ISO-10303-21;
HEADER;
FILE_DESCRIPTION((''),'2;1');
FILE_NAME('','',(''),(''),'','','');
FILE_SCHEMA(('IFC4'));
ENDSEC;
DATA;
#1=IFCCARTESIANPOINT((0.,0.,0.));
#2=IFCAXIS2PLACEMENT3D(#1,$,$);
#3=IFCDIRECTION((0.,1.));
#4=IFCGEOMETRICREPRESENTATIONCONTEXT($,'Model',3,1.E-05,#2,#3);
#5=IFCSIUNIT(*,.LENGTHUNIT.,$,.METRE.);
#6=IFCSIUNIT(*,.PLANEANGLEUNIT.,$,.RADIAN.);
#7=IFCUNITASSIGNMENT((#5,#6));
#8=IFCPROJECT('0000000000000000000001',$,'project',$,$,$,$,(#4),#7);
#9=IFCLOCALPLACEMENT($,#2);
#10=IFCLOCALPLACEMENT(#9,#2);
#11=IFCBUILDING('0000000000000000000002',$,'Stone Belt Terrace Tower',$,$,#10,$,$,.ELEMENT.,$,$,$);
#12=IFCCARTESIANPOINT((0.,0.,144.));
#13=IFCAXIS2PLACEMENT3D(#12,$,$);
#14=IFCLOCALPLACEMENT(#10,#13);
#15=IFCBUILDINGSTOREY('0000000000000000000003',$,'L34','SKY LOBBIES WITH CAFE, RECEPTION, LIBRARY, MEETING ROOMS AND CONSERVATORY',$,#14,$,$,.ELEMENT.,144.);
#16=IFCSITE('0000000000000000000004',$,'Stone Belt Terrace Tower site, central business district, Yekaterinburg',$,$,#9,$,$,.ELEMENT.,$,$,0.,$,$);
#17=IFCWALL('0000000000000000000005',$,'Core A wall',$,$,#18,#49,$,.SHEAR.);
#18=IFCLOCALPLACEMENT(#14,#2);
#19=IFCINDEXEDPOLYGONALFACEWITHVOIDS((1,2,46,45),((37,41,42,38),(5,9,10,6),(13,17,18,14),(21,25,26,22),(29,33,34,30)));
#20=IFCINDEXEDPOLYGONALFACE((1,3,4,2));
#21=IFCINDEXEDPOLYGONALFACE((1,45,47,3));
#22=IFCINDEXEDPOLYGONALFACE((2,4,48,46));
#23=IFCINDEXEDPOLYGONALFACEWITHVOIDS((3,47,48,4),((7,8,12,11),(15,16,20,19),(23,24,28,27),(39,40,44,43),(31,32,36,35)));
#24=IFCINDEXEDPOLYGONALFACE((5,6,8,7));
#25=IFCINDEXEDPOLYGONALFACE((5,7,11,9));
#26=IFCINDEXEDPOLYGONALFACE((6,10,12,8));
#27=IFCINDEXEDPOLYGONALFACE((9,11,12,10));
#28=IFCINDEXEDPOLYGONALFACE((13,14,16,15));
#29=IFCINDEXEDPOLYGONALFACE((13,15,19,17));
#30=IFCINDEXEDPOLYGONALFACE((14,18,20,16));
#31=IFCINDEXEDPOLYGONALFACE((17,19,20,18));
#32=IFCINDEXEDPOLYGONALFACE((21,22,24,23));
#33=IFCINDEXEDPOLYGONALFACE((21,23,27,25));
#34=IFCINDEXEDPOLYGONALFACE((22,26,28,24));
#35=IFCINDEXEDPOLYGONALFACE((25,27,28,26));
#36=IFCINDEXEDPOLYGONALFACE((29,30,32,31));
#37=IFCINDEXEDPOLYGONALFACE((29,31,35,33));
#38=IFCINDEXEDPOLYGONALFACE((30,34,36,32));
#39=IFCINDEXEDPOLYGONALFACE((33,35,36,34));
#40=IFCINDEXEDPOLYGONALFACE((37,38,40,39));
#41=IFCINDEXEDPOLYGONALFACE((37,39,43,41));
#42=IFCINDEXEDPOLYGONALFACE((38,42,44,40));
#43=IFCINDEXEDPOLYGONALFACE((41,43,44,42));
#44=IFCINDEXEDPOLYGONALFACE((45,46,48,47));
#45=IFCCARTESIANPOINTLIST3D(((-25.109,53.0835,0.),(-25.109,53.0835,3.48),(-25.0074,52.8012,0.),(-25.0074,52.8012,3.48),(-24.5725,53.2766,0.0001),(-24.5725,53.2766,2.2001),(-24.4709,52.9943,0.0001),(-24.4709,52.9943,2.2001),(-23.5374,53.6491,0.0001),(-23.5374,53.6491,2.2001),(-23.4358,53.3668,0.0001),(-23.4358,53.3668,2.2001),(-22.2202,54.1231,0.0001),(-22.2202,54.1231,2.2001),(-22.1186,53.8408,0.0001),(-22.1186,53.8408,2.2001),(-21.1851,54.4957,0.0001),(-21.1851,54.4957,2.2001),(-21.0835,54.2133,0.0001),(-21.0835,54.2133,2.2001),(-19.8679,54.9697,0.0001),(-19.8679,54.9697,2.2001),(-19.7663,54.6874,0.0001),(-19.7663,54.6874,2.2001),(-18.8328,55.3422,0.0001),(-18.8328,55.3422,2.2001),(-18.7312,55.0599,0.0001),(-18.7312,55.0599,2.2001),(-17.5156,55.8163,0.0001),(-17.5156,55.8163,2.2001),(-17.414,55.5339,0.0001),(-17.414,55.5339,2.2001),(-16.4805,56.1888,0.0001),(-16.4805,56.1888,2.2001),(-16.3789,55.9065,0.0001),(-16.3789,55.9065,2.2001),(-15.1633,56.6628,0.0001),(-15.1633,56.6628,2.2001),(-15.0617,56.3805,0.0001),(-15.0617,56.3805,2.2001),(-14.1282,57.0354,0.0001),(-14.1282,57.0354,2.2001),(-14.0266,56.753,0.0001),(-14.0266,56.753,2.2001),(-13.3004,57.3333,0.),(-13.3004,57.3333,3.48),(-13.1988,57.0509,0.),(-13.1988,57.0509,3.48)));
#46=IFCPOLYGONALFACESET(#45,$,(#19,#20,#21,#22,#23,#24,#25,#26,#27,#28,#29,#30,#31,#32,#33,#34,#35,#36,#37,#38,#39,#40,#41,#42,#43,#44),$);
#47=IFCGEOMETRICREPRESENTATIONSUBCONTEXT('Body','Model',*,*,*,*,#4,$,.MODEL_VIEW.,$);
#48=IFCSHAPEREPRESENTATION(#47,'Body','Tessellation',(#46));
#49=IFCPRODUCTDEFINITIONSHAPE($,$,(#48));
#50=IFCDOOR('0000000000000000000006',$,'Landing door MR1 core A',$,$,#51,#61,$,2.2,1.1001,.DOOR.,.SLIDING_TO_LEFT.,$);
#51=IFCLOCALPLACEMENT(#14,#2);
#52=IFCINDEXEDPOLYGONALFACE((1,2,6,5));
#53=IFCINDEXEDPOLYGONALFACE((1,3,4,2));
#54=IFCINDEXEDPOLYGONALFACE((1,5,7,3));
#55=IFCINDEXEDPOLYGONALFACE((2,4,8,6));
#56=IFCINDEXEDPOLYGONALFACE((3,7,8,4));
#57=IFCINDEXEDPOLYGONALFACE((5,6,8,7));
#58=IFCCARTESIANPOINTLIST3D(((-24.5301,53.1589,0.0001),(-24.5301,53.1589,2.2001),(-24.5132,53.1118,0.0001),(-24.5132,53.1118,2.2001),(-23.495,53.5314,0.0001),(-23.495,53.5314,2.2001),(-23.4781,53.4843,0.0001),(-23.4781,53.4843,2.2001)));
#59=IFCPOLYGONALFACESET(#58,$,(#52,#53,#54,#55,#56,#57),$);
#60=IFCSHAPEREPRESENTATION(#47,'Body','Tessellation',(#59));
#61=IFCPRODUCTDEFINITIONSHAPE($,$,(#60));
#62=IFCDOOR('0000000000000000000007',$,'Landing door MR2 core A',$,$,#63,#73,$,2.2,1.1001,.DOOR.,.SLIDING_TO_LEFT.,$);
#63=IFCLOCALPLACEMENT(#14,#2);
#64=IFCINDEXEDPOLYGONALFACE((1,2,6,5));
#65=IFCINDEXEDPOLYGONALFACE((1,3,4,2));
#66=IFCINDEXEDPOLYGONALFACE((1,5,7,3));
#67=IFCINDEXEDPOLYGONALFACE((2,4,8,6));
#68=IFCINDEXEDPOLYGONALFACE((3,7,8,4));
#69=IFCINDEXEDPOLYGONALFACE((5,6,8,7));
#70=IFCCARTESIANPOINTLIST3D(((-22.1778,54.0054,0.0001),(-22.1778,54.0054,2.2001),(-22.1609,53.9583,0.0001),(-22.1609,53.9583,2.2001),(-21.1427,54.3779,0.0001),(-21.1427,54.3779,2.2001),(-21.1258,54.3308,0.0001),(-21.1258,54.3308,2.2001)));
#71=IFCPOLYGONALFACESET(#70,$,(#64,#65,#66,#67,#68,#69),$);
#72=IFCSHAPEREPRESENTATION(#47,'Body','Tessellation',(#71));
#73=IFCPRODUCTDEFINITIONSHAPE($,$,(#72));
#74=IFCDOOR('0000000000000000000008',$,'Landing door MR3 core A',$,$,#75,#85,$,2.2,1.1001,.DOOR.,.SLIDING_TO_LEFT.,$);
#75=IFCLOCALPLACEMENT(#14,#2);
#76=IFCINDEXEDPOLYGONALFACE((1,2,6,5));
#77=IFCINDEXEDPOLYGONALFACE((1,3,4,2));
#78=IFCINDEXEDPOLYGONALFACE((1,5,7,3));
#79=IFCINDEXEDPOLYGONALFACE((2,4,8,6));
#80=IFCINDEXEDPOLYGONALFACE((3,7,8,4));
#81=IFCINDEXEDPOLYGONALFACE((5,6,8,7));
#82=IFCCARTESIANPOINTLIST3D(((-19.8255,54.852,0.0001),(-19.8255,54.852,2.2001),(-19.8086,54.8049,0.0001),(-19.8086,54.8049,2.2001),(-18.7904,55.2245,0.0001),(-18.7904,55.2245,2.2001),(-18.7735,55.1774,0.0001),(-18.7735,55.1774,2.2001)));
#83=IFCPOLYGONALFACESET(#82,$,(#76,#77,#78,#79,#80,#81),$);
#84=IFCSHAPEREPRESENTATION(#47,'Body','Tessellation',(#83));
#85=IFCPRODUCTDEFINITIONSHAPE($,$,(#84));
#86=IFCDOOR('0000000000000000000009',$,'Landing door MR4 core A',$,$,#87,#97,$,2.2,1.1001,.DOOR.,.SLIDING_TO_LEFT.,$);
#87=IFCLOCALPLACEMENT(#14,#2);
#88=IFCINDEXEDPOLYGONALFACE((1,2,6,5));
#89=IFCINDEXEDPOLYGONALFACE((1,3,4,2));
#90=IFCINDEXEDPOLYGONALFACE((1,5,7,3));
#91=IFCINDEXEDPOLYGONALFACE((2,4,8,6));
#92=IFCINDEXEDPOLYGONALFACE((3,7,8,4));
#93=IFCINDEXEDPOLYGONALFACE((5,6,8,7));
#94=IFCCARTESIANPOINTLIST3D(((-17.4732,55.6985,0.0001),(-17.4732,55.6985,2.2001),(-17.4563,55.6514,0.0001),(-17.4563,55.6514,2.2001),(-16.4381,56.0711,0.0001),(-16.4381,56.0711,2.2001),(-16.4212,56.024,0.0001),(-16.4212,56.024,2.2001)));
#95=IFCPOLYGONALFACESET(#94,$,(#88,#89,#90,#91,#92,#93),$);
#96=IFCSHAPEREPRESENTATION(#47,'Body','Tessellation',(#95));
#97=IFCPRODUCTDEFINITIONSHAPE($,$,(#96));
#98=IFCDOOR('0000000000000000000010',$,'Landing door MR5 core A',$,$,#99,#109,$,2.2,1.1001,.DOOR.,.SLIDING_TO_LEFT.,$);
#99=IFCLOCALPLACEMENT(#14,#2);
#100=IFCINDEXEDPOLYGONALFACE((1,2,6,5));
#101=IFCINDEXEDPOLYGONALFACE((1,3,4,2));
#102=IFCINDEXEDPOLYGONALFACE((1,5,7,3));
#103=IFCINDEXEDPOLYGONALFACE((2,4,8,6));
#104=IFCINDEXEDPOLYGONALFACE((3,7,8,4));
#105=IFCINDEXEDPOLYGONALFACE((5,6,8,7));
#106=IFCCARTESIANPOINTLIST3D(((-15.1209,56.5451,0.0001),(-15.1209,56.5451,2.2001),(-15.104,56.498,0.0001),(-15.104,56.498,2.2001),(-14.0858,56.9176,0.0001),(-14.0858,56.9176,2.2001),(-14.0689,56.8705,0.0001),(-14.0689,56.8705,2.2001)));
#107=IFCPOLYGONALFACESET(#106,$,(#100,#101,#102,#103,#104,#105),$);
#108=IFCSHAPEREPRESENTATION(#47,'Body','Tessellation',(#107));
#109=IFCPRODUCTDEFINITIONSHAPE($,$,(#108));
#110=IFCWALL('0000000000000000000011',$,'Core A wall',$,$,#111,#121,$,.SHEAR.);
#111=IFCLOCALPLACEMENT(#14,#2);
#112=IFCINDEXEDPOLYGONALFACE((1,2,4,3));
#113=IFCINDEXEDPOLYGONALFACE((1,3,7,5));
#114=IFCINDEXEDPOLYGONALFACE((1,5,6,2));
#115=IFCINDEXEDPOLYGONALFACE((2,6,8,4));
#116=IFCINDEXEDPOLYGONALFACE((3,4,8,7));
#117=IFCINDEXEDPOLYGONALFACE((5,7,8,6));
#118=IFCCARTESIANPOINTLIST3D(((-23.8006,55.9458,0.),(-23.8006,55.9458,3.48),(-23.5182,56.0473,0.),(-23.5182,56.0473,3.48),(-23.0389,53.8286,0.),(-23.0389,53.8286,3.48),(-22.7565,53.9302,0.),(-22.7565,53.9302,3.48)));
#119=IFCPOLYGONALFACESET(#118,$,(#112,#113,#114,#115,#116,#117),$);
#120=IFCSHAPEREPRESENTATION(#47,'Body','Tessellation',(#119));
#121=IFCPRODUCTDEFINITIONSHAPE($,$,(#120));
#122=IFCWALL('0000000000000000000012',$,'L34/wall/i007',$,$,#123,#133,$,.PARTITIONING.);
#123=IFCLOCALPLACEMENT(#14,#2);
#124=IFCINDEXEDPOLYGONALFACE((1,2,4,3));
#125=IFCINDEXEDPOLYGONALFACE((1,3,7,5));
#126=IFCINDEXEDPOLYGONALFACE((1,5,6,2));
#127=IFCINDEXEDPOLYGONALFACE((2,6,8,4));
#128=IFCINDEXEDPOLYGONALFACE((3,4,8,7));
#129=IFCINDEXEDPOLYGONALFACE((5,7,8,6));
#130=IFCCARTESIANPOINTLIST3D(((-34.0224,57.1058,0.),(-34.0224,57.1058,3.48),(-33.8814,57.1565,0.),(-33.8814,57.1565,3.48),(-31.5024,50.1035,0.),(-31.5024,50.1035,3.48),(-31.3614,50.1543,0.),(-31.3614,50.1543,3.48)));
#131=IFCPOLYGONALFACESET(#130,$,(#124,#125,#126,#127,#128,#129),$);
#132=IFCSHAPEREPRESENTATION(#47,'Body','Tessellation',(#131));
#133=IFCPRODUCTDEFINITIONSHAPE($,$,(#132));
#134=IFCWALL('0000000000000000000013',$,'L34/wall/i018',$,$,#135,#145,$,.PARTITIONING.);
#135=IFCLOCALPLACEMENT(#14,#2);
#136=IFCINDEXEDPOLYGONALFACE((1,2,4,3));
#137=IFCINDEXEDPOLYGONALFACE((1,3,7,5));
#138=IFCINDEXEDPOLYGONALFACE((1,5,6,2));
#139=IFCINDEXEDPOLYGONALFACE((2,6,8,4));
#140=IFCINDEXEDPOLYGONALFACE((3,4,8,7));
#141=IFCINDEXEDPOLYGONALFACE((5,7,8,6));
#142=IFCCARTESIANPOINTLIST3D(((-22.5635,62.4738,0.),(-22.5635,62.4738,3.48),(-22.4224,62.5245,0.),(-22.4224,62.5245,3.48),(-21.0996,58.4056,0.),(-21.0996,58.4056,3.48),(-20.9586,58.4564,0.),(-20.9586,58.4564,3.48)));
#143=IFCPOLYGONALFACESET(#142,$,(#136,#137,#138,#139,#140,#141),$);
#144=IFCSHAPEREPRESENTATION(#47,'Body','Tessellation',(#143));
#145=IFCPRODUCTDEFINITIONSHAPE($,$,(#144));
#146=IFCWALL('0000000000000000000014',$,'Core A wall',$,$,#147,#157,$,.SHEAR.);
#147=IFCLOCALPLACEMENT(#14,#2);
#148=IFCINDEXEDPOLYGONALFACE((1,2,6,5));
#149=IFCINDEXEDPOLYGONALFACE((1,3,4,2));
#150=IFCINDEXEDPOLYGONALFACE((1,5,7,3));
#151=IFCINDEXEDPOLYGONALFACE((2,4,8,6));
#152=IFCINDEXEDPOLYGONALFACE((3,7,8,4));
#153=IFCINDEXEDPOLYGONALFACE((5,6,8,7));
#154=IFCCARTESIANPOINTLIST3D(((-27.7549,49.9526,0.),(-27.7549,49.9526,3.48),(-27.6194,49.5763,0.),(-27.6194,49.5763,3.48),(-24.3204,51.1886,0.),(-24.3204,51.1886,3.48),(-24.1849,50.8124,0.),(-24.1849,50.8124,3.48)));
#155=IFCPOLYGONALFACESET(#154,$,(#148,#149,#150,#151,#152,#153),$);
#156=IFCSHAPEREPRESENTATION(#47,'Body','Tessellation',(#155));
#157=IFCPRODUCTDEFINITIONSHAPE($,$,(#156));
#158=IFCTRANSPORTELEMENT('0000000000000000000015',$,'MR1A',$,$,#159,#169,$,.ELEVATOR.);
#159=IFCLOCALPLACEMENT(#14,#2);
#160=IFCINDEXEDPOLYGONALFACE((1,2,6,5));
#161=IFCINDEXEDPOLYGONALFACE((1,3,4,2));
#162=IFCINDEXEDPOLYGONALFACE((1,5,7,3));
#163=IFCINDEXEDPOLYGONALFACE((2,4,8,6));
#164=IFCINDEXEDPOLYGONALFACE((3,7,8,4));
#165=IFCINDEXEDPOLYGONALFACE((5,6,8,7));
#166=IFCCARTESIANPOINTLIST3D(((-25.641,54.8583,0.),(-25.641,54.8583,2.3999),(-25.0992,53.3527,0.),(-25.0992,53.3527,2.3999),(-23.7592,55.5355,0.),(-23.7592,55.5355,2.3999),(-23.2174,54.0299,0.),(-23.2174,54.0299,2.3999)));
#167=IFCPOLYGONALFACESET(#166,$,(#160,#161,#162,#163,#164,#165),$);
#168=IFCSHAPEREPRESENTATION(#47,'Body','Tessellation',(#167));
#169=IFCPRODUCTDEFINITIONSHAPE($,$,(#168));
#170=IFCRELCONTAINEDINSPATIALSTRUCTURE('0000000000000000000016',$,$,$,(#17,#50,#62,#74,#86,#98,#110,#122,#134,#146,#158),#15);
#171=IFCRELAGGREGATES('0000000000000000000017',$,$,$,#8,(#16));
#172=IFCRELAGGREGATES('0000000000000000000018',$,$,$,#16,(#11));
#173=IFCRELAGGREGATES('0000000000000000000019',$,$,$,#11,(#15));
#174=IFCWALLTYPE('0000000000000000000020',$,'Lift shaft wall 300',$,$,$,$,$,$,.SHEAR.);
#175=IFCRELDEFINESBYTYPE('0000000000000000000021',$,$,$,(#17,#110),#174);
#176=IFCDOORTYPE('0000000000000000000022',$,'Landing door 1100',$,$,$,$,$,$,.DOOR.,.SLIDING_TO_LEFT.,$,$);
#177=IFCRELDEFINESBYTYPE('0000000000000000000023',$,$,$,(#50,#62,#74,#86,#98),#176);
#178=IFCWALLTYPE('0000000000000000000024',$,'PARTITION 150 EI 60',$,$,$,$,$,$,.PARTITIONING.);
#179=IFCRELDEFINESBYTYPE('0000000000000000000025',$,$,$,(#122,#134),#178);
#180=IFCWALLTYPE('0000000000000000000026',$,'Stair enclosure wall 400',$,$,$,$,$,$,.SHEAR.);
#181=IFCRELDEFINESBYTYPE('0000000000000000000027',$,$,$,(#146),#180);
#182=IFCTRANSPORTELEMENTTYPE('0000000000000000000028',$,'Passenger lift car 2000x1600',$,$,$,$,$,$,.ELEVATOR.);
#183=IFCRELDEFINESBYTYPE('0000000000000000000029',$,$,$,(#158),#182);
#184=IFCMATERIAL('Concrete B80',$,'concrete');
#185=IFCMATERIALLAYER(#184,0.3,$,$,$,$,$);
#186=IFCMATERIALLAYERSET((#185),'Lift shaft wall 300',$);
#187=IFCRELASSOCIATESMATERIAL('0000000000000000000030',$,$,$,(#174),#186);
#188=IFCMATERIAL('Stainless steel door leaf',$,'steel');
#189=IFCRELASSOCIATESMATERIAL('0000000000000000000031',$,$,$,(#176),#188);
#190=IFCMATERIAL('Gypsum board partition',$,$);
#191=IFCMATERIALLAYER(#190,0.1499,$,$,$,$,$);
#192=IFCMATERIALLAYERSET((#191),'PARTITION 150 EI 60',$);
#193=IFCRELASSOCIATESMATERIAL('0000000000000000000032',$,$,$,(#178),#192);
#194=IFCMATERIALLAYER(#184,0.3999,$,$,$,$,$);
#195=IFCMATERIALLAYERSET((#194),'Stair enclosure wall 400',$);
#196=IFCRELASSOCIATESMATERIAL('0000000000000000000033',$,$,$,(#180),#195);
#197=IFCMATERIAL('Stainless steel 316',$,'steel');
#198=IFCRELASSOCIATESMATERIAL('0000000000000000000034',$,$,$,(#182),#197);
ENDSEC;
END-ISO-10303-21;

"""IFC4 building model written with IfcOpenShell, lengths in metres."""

from ifc_helpers import new_model, si_unit, direction, frame, frame_2d, origin, origin_2d, place, context, subcontext, project, spatial, rectangle, extrude, material, layer, layer_set, type_object, element, fill, save


model = new_model("IFC4")

# Units and contexts
model_context = context("Model", 3, precision=1e-05, world=origin(), true_north=direction((0.0, 1.0)))
body_context = subcontext(model_context, "Body", "Model", "MODEL_VIEW")
ifc_project = project(units=[si_unit("LENGTHUNIT", "METRE"), si_unit("PLANEANGLEUNIT", "RADIAN")], contexts=[model_context])

# Site, building, storey
site_placement = place(None, origin())
site = spatial("IfcSite", under=ifc_project, at=site_placement, Name="Stone Belt Terrace Tower site, central business district, Yekaterinburg", CompositionType="ELEMENT", RefElevation=0.0)
building_placement = place(site_placement, origin())
building = spatial("IfcBuilding", under=site, at=building_placement, Name="Stone Belt Terrace Tower", CompositionType="ELEMENT")
storey_placement = place(building_placement, frame((0.0, 0.0, 144.0)))
storey = spatial("IfcBuildingStorey", under=building, at=storey_placement, Name="L34", Description="SKY LOBBIES WITH CAFE, RECEPTION, LIBRARY, MEETING ROOMS AND CONSERVATORY", CompositionType="ELEMENT", Elevation=144.0)

# Shared definitions
ifc_material_1 = material(Name="Concrete B80", Category="concrete")

# Shared definitions
ifc_layer_1 = layer(ifc_material_1, 0.3)
ifc_layer_set_1 = layer_set([ifc_layer_1], Name="Lift shaft wall 300")
wall_type_1 = type_object("IfcWallType", Name="Lift shaft wall 300", PredefinedType="SHEAR", material=ifc_layer_set_1)
ifc_material_2 = material(Name="Stainless steel door leaf", Category="steel")

# Wall, openings, doors
wall_1_placement = place(storey_placement, frame((-25.0581, 52.9424, 0.0), z_axis=(0.0, 0.0, 1.0), x_axis=(0.940921, 0.338625, 0.0)))
wall_1 = element("IfcWall", 1, at=wall_1_placement, inside=storey, type_object=wall_type_1, Name="Core A wall", PredefinedType="SHEAR", context=body_context, shape_type="SweptSolid", body=[
    extrude(rectangle(XDim=12.55, YDim=0.3, at=frame_2d((6.2749, 0.0))), origin(), (0.0, 0.0, 1.0), 3.48),
])
opening_1_placement = place(wall_1_placement, frame((0.5701, 0.0, 0.0)))
opening_1 = element("IfcOpeningElement", 2, at=opening_1_placement, cuts=wall_1, PredefinedType="OPENING", context=body_context, shape_type="SweptSolid", body=[
    extrude(rectangle(XDim=1.1001, YDim=2.2, at=frame_2d((0.55, 1.1001))), frame((0.0, 0.1599, 0.0), z_axis=(0.0, -1.0, 0.0), x_axis=(1.0, 0.0, 0.0)), (0.0, 0.0, 1.0), 0.3201),
])
opening_2_placement = place(wall_1_placement, frame((3.0701, 0.0, 0.0)))
opening_2 = element("IfcOpeningElement", 3, at=opening_2_placement, cuts=wall_1, PredefinedType="OPENING", context=body_context, shape_type="SweptSolid", body=[
    extrude(rectangle(XDim=1.1001, YDim=2.2, at=frame_2d((0.55, 1.1001))), frame((0.0, 0.1599, 0.0), z_axis=(0.0, -1.0, 0.0), x_axis=(1.0, 0.0, 0.0)), (0.0, 0.0, 1.0), 0.3201),
])
opening_3_placement = place(wall_1_placement, frame((5.5701, 0.0, 0.0)))
opening_3 = element("IfcOpeningElement", 4, at=opening_3_placement, cuts=wall_1, PredefinedType="OPENING", context=body_context, shape_type="SweptSolid", body=[
    extrude(rectangle(XDim=1.1001, YDim=2.2, at=frame_2d((0.55, 1.1001))), frame((0.0, 0.1599, 0.0), z_axis=(0.0, -1.0, 0.0), x_axis=(1.0, 0.0, 0.0)), (0.0, 0.0, 1.0), 0.3201),
])
opening_4_placement = place(wall_1_placement, frame((8.0701, 0.0, 0.0)))
opening_4 = element("IfcOpeningElement", 5, at=opening_4_placement, cuts=wall_1, PredefinedType="OPENING", context=body_context, shape_type="SweptSolid", body=[
    extrude(rectangle(XDim=1.1001, YDim=2.2, at=frame_2d((0.55, 1.1001))), frame((0.0, 0.1599, 0.0), z_axis=(0.0, -1.0, 0.0), x_axis=(1.0, 0.0, 0.0)), (0.0, 0.0, 1.0), 0.3201),
])
opening_5_placement = place(wall_1_placement, frame((10.5701, 0.0, 0.0)))
opening_5 = element("IfcOpeningElement", 6, at=opening_5_placement, cuts=wall_1, PredefinedType="OPENING", context=body_context, shape_type="SweptSolid", body=[
    extrude(rectangle(XDim=1.1001, YDim=2.2, at=frame_2d((0.55, 1.1001))), frame((0.0, 0.1599, 0.0), z_axis=(0.0, -1.0, 0.0), x_axis=(1.0, 0.0, 0.0)), (0.0, 0.0, 1.0), 0.3201),
])
door_type_1 = type_object("IfcDoorType", Name="Landing door 1100", OperationType="SLIDING_TO_LEFT", PredefinedType="DOOR", material=ifc_material_2)
door_1_placement = place(opening_1_placement, origin())
door_1 = element("IfcDoor", 7, at=door_1_placement, inside=storey, type_object=door_type_1, Name="Landing door MR1 core A", OperationType="SLIDING_TO_LEFT", OverallHeight=2.2, OverallWidth=1.1001, PredefinedType="DOOR", context=body_context, shape_type="SweptSolid", body=[
    extrude(rectangle(XDim=1.1001, YDim=2.2, at=frame_2d((0.55, 1.1001))), frame((0.0, 0.0249, 0.0), z_axis=(0.0, -1.0, 0.0), x_axis=(1.0, 0.0, 0.0)), (0.0, 0.0, 1.0), 0.05),
])
fill(opening_1, door_1)
door_2_placement = place(opening_2_placement, origin())
door_2 = element("IfcDoor", 8, at=door_2_placement, inside=storey, type_object=door_type_1, Name="Landing door MR2 core A", OperationType="SLIDING_TO_LEFT", OverallHeight=2.2, OverallWidth=1.1001, PredefinedType="DOOR", context=body_context, shape_type="SweptSolid", body=[
    extrude(rectangle(XDim=1.1001, YDim=2.2, at=frame_2d((0.55, 1.1001))), frame((0.0, 0.0249, 0.0), z_axis=(0.0, -1.0, 0.0), x_axis=(1.0, 0.0, 0.0)), (0.0, 0.0, 1.0), 0.05),
])
fill(opening_2, door_2)
door_3_placement = place(opening_3_placement, origin())
door_3 = element("IfcDoor", 9, at=door_3_placement, inside=storey, type_object=door_type_1, Name="Landing door MR3 core A", OperationType="SLIDING_TO_LEFT", OverallHeight=2.2, OverallWidth=1.1001, PredefinedType="DOOR", context=body_context, shape_type="SweptSolid", body=[
    extrude(rectangle(XDim=1.1001, YDim=2.2, at=frame_2d((0.55, 1.1001))), frame((0.0, 0.0249, 0.0), z_axis=(0.0, -1.0, 0.0), x_axis=(1.0, 0.0, 0.0)), (0.0, 0.0, 1.0), 0.05),
])
fill(opening_3, door_3)
door_4_placement = place(opening_4_placement, origin())
door_4 = element("IfcDoor", 10, at=door_4_placement, inside=storey, type_object=door_type_1, Name="Landing door MR4 core A", OperationType="SLIDING_TO_LEFT", OverallHeight=2.2, OverallWidth=1.1001, PredefinedType="DOOR", context=body_context, shape_type="SweptSolid", body=[
    extrude(rectangle(XDim=1.1001, YDim=2.2, at=frame_2d((0.55, 1.1001))), frame((0.0, 0.0249, 0.0), z_axis=(0.0, -1.0, 0.0), x_axis=(1.0, 0.0, 0.0)), (0.0, 0.0, 1.0), 0.05),
])
fill(opening_4, door_4)
door_5_placement = place(opening_5_placement, origin())
door_5 = element("IfcDoor", 11, at=door_5_placement, inside=storey, type_object=door_type_1, Name="Landing door MR5 core A", OperationType="SLIDING_TO_LEFT", OverallHeight=2.2, OverallWidth=1.1001, PredefinedType="DOOR", context=body_context, shape_type="SweptSolid", body=[
    extrude(rectangle(XDim=1.1001, YDim=2.2, at=frame_2d((0.55, 1.1001))), frame((0.0, 0.0249, 0.0), z_axis=(0.0, -1.0, 0.0), x_axis=(1.0, 0.0, 0.0)), (0.0, 0.0, 1.0), 0.05),
])
fill(opening_5, door_5)

# Walls
wall_2_placement = place(storey_placement, frame((-22.8977, 53.8794, 0.0), z_axis=(0.0, 0.0, 1.0), x_axis=(-0.338535, 0.940954, 0.0)))
element("IfcWall", 12, at=wall_2_placement, inside=storey, type_object=wall_type_1, Name="Core A wall", PredefinedType="SHEAR", context=body_context, shape_type="SweptSolid", body=[
    extrude(rectangle(XDim=2.25, YDim=0.3, at=frame_2d((1.125, 0.0))), origin(), (0.0, 0.0, 1.0), 3.48),
])
ifc_material_3 = material(Name="Gypsum board partition")
ifc_layer_2 = layer(ifc_material_3, 0.1499)
ifc_layer_set_2 = layer_set([ifc_layer_2], Name="PARTITION 150 EI 60")
wall_type_2 = type_object("IfcWallType", Name="PARTITION 150 EI 60", PredefinedType="PARTITIONING", material=ifc_layer_set_2)
wall_3_placement = place(storey_placement, frame((-31.4319, 50.1289, 0.0), z_axis=(0.0, 0.0, 1.0), x_axis=(-0.338628, 0.94092, 0.0)))
element("IfcWall", 13, at=wall_3_placement, inside=storey, type_object=wall_type_2, Name="L34/wall/i007", PredefinedType="PARTITIONING", context=body_context, shape_type="SweptSolid", body=[
    extrude(rectangle(XDim=7.4419, YDim=0.1499, at=frame_2d((3.7209, 0.0))), origin(), (0.0, 0.0, 1.0), 3.48),
])
wall_4_placement = place(storey_placement, frame((-22.4929, 62.499, 0.0), z_axis=(0.0, 0.0, 1.0), x_axis=(0.338585, -0.940936, 0.0)))
element("IfcWall", 14, at=wall_4_placement, inside=storey, type_object=wall_type_2, Name="L34/wall/i018", PredefinedType="PARTITIONING", context=body_context, shape_type="SweptSolid", body=[
    extrude(rectangle(XDim=4.3235, YDim=0.1499, at=frame_2d((2.1616, 0.0))), origin(), (0.0, 0.0, 1.0), 3.48),
])
ifc_layer_3 = layer(ifc_material_1, 0.3999)
ifc_layer_set_3 = layer_set([ifc_layer_3], Name="Stair enclosure wall 400")
wall_type_3 = type_object("IfcWallType", Name="Stair enclosure wall 400", PredefinedType="SHEAR", material=ifc_layer_set_3)
wall_5_placement = place(storey_placement, frame((-27.6873, 49.7644, 0.0), z_axis=(0.0, 0.0, 1.0), x_axis=(0.940919, 0.338632, 0.0)))
element("IfcWall", 15, at=wall_5_placement, inside=storey, type_object=wall_type_3, Name="Core A wall", PredefinedType="SHEAR", context=body_context, shape_type="SweptSolid", body=[
    extrude(rectangle(XDim=3.6501, YDim=0.3999, at=frame_2d((1.8252, 0.0))), origin(), (0.0, 0.0, 1.0), 3.48),
])

# Transport element
ifc_material_4 = material(Name="Stainless steel 316", Category="steel")
transport_element_type = type_object("IfcTransportElementType", Name="Passenger lift car 2000x1600", PredefinedType="ELEVATOR", material=ifc_material_4)
for number, where, z_axis, x_axis, name in (
    (16, (-24.4292, 54.4441, 0.0), (0.0, 0.0, 1.0), (0.940922, 0.338625, 0.0), "MR1A"),
):
    element("IfcTransportElement", number, at=place(storey_placement, frame(where, z_axis=z_axis, x_axis=x_axis)), inside=storey, type_object=transport_element_type, Name=name, PredefinedType="ELEVATOR", context=body_context, shape_type="SweptSolid", body=[
        extrude(rectangle(XDim=2.0, YDim=1.6001, at=origin_2d()), origin(), (0.0, 0.0, 1.0), 2.3999),
    ])

save(model, "model.ifc")
